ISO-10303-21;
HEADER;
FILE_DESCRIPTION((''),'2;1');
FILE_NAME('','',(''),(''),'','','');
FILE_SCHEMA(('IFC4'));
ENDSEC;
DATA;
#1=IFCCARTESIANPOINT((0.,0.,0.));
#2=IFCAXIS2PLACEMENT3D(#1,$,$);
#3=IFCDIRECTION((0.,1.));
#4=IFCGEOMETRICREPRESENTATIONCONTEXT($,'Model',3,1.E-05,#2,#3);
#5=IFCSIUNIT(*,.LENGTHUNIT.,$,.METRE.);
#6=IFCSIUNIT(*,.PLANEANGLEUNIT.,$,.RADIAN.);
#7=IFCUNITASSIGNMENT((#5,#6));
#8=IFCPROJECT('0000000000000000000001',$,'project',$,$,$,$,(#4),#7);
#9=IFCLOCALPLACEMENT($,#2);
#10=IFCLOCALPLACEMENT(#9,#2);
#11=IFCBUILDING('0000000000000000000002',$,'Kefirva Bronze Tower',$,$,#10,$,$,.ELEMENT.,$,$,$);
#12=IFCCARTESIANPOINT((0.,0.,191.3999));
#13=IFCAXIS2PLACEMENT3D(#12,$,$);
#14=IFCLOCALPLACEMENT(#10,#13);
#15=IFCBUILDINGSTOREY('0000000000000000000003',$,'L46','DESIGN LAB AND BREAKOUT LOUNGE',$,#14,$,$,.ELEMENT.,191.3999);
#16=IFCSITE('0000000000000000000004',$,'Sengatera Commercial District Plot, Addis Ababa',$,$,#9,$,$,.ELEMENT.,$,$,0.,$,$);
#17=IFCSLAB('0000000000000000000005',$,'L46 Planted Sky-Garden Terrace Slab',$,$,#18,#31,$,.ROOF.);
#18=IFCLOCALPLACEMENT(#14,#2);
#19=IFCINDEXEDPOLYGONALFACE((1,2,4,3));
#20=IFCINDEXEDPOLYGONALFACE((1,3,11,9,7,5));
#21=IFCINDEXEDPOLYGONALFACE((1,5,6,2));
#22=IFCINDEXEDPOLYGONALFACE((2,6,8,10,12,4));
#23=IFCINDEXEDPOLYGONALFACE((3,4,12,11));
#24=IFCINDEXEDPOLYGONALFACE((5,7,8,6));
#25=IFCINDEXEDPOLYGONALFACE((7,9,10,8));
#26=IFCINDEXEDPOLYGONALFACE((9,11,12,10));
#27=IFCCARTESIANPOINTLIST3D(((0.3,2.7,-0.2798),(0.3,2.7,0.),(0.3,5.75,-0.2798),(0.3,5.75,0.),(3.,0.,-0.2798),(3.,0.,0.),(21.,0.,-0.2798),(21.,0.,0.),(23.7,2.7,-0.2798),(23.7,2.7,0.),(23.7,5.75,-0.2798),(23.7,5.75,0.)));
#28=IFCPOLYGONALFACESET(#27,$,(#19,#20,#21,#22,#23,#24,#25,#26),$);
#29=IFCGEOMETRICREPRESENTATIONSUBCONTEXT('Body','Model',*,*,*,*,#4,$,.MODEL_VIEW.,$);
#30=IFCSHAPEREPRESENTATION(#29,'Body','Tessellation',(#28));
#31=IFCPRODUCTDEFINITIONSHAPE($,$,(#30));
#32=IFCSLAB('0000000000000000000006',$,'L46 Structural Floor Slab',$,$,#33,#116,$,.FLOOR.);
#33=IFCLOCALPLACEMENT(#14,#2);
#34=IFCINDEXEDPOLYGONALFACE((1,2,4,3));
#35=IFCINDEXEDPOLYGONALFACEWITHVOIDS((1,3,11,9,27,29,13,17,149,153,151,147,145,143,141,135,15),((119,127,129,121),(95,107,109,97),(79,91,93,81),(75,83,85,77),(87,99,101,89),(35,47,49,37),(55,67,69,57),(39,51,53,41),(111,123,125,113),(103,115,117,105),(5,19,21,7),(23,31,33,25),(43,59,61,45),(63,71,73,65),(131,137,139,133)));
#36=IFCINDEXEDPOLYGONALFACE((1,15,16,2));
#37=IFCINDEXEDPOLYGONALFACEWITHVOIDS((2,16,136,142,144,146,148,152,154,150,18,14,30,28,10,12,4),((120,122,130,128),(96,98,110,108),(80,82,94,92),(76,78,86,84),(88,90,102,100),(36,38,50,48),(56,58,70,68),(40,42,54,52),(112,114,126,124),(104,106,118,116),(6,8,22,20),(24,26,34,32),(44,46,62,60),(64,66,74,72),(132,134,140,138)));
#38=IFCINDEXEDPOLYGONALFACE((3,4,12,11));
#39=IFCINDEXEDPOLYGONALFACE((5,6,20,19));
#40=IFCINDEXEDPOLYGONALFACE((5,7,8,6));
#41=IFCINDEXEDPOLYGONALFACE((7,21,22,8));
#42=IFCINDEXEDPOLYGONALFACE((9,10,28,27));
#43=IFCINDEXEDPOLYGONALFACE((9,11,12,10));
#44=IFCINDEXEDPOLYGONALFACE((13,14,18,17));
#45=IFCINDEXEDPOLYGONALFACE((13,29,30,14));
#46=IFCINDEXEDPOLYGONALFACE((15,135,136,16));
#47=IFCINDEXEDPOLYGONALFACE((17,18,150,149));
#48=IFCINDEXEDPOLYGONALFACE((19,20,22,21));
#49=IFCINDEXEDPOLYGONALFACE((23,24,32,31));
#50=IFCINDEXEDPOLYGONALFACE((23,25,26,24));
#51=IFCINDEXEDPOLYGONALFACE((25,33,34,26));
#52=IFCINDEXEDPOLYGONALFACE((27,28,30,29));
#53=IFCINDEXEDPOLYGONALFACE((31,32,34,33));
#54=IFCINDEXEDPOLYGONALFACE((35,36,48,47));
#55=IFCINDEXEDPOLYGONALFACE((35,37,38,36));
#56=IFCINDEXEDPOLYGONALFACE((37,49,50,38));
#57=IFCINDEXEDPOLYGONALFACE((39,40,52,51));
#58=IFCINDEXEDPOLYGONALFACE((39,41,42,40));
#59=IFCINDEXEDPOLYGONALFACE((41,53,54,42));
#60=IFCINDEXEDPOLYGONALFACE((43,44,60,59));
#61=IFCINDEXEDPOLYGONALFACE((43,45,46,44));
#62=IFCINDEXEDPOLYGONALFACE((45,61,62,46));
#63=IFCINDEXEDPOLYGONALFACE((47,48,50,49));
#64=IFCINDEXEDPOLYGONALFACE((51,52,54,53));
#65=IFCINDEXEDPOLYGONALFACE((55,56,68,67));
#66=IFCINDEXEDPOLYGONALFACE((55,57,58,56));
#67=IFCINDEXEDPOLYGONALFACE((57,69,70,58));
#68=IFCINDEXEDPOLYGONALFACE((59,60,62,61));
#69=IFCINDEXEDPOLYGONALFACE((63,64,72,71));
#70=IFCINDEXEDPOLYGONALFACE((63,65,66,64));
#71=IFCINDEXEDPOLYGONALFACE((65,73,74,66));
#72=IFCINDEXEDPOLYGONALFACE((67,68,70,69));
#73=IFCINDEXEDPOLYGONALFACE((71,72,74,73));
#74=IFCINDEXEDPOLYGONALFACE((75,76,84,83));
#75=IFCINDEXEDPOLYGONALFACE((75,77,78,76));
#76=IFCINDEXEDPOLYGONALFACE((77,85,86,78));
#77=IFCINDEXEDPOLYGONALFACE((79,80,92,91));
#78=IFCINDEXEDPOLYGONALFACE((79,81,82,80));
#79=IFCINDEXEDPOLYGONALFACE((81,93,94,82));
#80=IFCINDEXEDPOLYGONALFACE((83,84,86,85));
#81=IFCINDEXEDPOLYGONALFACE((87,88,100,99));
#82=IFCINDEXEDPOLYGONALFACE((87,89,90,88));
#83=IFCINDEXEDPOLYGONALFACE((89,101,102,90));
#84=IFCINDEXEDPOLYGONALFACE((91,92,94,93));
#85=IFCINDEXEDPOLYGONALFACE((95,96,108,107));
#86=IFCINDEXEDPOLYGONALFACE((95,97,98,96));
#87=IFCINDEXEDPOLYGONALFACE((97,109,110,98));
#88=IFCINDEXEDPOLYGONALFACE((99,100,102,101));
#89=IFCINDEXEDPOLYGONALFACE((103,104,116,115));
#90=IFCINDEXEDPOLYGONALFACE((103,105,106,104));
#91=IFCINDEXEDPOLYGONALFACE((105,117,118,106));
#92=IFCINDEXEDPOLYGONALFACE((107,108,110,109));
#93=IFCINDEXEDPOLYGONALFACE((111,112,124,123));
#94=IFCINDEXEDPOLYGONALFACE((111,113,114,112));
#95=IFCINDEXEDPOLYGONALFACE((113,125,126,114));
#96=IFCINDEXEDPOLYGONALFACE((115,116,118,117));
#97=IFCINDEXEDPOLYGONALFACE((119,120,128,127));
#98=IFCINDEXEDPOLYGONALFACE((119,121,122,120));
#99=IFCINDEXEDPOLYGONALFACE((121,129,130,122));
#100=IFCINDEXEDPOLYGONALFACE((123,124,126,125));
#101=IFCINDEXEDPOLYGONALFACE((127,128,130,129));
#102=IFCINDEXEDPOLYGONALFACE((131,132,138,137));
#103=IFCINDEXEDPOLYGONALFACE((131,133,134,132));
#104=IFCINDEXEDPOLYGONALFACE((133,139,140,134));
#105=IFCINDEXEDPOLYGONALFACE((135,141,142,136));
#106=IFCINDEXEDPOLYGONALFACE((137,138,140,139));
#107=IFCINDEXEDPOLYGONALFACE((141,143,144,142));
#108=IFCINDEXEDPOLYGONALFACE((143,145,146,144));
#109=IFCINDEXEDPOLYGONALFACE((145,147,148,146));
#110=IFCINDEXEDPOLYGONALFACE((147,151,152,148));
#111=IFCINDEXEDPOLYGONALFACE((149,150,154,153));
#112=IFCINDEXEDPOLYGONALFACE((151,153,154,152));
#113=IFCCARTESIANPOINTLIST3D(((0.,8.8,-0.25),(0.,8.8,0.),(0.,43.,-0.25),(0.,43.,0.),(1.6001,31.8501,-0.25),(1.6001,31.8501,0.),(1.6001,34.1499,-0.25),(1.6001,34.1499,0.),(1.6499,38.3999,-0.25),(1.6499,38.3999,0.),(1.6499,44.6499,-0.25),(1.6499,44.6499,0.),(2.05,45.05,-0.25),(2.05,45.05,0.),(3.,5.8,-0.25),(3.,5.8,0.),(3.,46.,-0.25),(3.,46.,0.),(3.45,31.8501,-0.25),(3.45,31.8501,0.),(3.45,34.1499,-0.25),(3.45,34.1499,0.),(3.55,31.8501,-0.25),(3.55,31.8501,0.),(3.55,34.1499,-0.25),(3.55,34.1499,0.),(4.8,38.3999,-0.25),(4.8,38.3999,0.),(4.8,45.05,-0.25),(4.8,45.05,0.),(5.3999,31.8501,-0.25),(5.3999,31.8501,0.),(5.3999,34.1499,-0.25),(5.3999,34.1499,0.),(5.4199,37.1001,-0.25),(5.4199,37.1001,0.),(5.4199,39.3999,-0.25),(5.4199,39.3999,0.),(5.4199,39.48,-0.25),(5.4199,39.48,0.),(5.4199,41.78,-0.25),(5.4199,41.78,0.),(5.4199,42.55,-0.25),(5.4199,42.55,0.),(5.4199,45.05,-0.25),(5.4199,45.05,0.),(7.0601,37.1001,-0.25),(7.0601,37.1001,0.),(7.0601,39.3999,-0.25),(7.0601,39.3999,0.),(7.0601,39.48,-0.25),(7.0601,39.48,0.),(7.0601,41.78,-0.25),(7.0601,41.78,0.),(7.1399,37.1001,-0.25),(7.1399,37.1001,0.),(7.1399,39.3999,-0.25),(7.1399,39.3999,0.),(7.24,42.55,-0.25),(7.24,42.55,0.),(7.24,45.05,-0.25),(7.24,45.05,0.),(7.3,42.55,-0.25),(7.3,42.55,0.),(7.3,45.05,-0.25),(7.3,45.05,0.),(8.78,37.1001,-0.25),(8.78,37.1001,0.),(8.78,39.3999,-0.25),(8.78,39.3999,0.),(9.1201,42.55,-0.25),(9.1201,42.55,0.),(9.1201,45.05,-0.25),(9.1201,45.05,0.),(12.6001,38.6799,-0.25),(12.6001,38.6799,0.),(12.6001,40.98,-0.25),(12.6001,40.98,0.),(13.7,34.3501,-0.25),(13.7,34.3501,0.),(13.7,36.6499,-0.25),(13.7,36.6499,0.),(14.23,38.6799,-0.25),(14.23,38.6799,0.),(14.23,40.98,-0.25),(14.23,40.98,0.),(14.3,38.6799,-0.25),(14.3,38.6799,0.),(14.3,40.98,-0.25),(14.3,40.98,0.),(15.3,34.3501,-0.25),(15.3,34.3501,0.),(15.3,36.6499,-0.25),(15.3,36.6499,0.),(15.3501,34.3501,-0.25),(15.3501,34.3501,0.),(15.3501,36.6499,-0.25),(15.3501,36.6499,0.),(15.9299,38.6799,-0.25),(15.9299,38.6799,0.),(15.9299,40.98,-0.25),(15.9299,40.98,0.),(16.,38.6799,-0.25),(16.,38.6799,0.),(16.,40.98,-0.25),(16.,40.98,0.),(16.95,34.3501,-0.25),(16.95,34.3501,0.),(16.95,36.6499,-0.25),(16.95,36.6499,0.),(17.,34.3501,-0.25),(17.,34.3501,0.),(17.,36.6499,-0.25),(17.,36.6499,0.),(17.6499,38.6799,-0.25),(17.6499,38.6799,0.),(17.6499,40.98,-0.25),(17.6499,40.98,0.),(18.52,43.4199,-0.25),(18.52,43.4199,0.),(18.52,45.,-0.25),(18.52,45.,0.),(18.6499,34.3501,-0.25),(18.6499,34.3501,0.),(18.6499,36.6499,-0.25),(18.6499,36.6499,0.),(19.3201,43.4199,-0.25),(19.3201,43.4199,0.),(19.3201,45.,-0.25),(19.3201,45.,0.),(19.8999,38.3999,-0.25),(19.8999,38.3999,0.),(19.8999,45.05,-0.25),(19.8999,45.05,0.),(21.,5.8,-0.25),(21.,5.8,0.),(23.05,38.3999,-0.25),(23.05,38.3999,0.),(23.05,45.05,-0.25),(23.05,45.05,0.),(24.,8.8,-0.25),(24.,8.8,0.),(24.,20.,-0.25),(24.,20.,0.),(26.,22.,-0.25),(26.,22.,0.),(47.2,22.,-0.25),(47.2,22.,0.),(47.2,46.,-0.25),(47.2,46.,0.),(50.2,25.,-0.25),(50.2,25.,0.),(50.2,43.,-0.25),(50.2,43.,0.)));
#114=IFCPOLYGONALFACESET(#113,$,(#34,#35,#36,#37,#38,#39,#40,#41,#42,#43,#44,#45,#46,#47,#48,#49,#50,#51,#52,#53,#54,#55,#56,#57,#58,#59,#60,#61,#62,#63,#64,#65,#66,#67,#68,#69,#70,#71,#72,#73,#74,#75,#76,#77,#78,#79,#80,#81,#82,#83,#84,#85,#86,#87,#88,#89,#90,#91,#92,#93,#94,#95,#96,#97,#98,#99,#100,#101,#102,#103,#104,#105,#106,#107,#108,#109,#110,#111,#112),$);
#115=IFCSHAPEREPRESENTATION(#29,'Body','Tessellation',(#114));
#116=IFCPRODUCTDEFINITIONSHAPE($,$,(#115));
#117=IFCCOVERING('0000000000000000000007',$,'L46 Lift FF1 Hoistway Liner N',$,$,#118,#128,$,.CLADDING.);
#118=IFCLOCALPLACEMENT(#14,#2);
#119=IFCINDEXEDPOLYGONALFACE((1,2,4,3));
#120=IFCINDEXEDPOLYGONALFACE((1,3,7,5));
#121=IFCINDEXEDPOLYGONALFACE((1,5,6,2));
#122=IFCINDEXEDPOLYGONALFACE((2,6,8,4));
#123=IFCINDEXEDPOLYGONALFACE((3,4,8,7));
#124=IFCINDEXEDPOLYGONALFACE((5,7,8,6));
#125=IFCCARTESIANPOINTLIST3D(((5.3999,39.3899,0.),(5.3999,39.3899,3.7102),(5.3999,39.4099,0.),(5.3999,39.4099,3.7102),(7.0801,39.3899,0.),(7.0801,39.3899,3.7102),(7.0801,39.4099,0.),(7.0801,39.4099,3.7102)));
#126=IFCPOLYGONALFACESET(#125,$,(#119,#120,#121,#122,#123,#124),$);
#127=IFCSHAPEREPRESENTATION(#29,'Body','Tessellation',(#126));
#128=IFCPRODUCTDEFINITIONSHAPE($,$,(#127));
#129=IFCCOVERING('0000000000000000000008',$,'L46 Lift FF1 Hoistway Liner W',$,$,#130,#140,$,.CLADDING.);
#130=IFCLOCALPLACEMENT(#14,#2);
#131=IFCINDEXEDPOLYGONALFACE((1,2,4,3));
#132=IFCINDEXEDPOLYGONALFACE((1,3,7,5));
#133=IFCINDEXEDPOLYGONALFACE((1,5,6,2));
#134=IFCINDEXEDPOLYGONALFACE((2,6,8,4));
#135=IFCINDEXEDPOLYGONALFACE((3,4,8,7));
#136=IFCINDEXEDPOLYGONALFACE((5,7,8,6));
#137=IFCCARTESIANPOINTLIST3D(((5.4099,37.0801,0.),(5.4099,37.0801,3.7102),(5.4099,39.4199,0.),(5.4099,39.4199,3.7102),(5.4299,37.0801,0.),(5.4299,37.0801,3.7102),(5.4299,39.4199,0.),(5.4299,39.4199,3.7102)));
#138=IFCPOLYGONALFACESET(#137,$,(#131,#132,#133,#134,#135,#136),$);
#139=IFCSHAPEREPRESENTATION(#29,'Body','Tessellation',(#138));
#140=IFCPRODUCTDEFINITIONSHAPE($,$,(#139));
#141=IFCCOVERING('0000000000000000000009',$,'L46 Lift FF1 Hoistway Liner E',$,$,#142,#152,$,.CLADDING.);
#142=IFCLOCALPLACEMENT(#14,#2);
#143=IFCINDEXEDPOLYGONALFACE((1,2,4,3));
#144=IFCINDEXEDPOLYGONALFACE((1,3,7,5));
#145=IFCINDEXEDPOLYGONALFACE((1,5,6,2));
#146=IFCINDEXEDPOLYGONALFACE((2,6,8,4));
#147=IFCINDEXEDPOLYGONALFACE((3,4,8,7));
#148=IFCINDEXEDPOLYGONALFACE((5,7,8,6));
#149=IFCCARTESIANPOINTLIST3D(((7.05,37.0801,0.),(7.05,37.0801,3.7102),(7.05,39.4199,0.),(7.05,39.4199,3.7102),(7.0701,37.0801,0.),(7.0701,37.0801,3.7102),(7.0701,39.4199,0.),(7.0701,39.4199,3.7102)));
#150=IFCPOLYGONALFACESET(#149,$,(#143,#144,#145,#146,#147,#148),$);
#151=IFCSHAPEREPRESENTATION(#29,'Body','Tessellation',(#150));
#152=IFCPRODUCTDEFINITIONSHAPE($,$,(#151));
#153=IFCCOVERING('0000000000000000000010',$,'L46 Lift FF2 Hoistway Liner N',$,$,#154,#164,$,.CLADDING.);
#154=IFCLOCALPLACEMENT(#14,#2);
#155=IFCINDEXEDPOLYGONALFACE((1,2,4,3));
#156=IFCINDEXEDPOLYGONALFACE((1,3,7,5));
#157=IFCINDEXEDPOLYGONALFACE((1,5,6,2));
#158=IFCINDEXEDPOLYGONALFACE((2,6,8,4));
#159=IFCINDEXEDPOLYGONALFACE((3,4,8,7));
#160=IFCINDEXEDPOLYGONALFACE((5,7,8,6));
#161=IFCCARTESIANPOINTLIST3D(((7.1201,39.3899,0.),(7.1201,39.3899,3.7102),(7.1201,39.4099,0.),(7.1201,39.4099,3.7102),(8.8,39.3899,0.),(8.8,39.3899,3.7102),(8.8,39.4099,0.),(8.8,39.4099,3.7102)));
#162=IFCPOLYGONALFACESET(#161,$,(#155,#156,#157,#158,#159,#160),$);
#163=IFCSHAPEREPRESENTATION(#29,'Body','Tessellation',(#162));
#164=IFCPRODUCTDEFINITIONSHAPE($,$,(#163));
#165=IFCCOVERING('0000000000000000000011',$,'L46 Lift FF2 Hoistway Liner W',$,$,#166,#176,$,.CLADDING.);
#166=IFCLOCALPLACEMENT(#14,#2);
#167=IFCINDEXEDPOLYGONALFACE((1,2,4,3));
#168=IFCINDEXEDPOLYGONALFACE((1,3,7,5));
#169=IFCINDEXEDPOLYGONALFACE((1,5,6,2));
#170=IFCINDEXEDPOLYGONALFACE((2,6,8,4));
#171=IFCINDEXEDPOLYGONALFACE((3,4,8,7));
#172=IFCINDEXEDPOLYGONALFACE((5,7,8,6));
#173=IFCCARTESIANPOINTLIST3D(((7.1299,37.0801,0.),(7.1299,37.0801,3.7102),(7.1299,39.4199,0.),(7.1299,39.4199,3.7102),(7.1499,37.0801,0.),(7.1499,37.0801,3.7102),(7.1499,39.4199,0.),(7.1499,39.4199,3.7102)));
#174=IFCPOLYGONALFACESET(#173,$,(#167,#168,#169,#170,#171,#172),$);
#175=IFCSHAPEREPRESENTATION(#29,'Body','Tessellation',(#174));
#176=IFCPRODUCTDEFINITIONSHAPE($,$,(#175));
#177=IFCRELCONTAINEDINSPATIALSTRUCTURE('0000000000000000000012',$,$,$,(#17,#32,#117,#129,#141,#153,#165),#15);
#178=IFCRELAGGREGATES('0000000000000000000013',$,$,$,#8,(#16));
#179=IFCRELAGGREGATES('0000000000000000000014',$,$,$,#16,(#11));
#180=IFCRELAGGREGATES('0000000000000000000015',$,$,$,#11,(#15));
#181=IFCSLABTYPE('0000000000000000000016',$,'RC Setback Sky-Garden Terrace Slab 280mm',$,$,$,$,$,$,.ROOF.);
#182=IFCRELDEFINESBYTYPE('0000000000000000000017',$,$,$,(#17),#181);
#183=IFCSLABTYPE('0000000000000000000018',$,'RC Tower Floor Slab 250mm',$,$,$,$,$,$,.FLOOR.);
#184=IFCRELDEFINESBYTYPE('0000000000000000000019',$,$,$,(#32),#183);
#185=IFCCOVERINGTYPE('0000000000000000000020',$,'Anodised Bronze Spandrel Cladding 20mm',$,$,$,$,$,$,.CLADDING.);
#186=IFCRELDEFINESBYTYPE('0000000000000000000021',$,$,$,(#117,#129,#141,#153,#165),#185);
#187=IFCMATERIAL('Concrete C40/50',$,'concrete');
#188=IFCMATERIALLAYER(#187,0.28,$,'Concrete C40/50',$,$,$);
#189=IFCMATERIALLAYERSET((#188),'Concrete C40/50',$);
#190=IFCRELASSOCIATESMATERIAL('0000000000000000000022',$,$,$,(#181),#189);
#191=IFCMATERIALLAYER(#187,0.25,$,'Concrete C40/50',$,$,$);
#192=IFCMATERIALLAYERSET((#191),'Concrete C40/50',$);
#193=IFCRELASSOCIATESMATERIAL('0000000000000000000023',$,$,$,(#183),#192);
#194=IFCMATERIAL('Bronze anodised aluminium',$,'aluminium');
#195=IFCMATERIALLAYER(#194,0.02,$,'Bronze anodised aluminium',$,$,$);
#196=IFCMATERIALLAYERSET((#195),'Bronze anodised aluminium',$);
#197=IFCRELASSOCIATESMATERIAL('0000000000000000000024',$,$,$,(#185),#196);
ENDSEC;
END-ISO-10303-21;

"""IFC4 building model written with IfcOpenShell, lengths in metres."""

from ifc_helpers import new_model, si_unit, direction, frame, origin, place, context, subcontext, project, spatial, polyline, outline, extrude, material, layer, layer_set, type_object, element, save


model = new_model("IFC4")

# Units and contexts
model_context = context("Model", 3, precision=1e-05, world=origin(), true_north=direction((0.0, 1.0)))
body_context = subcontext(model_context, "Body", "Model", "MODEL_VIEW")
ifc_project = project(units=[si_unit("LENGTHUNIT", "METRE"), si_unit("PLANEANGLEUNIT", "RADIAN")], contexts=[model_context])

# Site, building, storey
site_placement = place(None, origin())
site = spatial("IfcSite", under=ifc_project, at=site_placement, Name="Sengatera Commercial District Plot, Addis Ababa", CompositionType="ELEMENT", RefElevation=0.0)
building_placement = place(site_placement, origin())
building = spatial("IfcBuilding", under=site, at=building_placement, Name="Kefirva Bronze Tower", CompositionType="ELEMENT")
storey_placement = place(building_placement, frame((0.0, 0.0, 191.3999)))
storey = spatial("IfcBuildingStorey", under=building, at=storey_placement, Name="L46", Description="DESIGN LAB AND BREAKOUT LOUNGE", CompositionType="ELEMENT", Elevation=191.3999)

# Slabs
ifc_material_1 = material(Name="Concrete C40/50", Category="concrete")
ifc_layer_1 = layer(ifc_material_1, 0.28, Name="Concrete C40/50")
ifc_layer_set_1 = layer_set([ifc_layer_1], Name="Concrete C40/50")
slab_type_1 = type_object("IfcSlabType", Name="RC Setback Sky-Garden Terrace Slab 280mm", PredefinedType="ROOF", material=ifc_layer_set_1)
slab_1_placement = place(storey_placement, frame((0.0, 0.0, -0.2798)))
element("IfcSlab", 1, at=slab_1_placement, inside=storey, type_object=slab_type_1, Name="L46 Planted Sky-Garden Terrace Slab", PredefinedType="ROOF", context=body_context, shape_type="SweptSolid", body=[
    extrude(outline(polyline([(3.0, 0.0), (21.0, 0.0), (23.7, 2.7), (23.7, 5.75), (0.3, 5.75), (0.3, 2.7), (3.0, 0.0)])), origin(), (0.0, 0.0, 1.0), 0.2798),
])
ifc_layer_2 = layer(ifc_material_1, 0.25, Name="Concrete C40/50")
ifc_layer_set_2 = layer_set([ifc_layer_2], Name="Concrete C40/50")
slab_type_2 = type_object("IfcSlabType", Name="RC Tower Floor Slab 250mm", PredefinedType="FLOOR", material=ifc_layer_set_2)
slab_2_placement = place(storey_placement, frame((0.0, 0.0, -0.25)))
element("IfcSlab", 2, at=slab_2_placement, inside=storey, type_object=slab_type_2, Name="L46 Structural Floor Slab", PredefinedType="FLOOR", context=body_context, shape_type="SweptSolid", body=[
    extrude(outline(polyline([(0.0, 8.8), (0.0, 43.0), (1.6499, 44.6499), (1.6499, 38.3999), (4.8, 38.3999), (4.8, 45.05), (2.05, 45.05), (3.0, 46.0), (47.2, 46.0), (50.2, 43.0), (50.2, 25.0), (47.2, 22.0), (26.0, 22.0), (24.0, 20.0), (24.0, 8.8), (21.0, 5.8), (3.0, 5.8), (0.0, 8.8)]), holes=[polyline([(23.05, 38.3999), (23.05, 45.05), (19.8999, 45.05), (19.8999, 38.3999), (23.05, 38.3999)]), polyline([(19.3201, 43.4199), (19.3201, 45.0), (18.52, 45.0), (18.52, 43.4199), (19.3201, 43.4199)]), polyline([(18.6499, 34.3501), (18.6499, 36.6499), (17.0, 36.6499), (17.0, 34.3501), (18.6499, 34.3501)]), polyline([(17.6499, 38.6799), (17.6499, 40.98), (16.0, 40.98), (16.0, 38.6799), (17.6499, 38.6799)]), polyline([(16.95, 34.3501), (16.95, 36.6499), (15.3501, 36.6499), (15.3501, 34.3501), (16.95, 34.3501)]), polyline([(15.9299, 38.6799), (15.9299, 40.98), (14.3, 40.98), (14.3, 38.6799), (15.9299, 38.6799)]), polyline([(15.3, 34.3501), (15.3, 36.6499), (13.7, 36.6499), (13.7, 34.3501), (15.3, 34.3501)]), polyline([(14.23, 38.6799), (14.23, 40.98), (12.6001, 40.98), (12.6001, 38.6799), (14.23, 38.6799)]), polyline([(9.1201, 42.55), (9.1201, 45.05), (7.3, 45.05), (7.3, 42.55), (9.1201, 42.55)]), polyline([(8.78, 37.1001), (8.78, 39.3999), (7.1399, 39.3999), (7.1399, 37.1001), (8.78, 37.1001)]), polyline([(7.24, 42.55), (7.24, 45.05), (5.4199, 45.05), (5.4199, 42.55), (7.24, 42.55)]), polyline([(7.0601, 37.1001), (7.0601, 39.3999), (5.4199, 39.3999), (5.4199, 37.1001), (7.0601, 37.1001)]), polyline([(7.0601, 39.48), (7.0601, 41.78), (5.4199, 41.78), (5.4199, 39.48), (7.0601, 39.48)]), polyline([(5.3999, 31.8501), (5.3999, 34.1499), (3.55, 34.1499), (3.55, 31.8501), (5.3999, 31.8501)]), polyline([(3.45, 31.8501), (3.45, 34.1499), (1.6001, 34.1499), (1.6001, 31.8501), (3.45, 31.8501)])]), origin(), (0.0, 0.0, 1.0), 0.25),
])

# Coverings
ifc_material_2 = material(Name="Bronze anodised aluminium", Category="aluminium")
ifc_layer_3 = layer(ifc_material_2, 0.02, Name="Bronze anodised aluminium")
ifc_layer_set_3 = layer_set([ifc_layer_3], Name="Bronze anodised aluminium")
covering_type_1 = type_object("IfcCoveringType", Name="Anodised Bronze Spandrel Cladding 20mm", PredefinedType="CLADDING", material=ifc_layer_set_3)
covering_1_placement = place(storey_placement, origin())
element("IfcCovering", 3, at=covering_1_placement, inside=storey, type_object=covering_type_1, Name="L46 Lift FF1 Hoistway Liner N", PredefinedType="CLADDING", context=body_context, shape_type="SweptSolid", body=[
    extrude(outline(polyline([(5.3999, 39.3899), (7.0801, 39.3899), (7.0801, 39.4099), (5.3999, 39.4099), (5.3999, 39.3899)])), origin(), (0.0, 0.0, 1.0), 3.7102),
])
covering_2_placement = place(storey_placement, origin())
element("IfcCovering", 4, at=covering_2_placement, inside=storey, type_object=covering_type_1, Name="L46 Lift FF1 Hoistway Liner W", PredefinedType="CLADDING", context=body_context, shape_type="SweptSolid", body=[
    extrude(outline(polyline([(5.4099, 37.0801), (5.4299, 37.0801), (5.4299, 39.4199), (5.4099, 39.4199), (5.4099, 37.0801)])), origin(), (0.0, 0.0, 1.0), 3.7102),
])
covering_3_placement = place(storey_placement, origin())
element("IfcCovering", 5, at=covering_3_placement, inside=storey, type_object=covering_type_1, Name="L46 Lift FF1 Hoistway Liner E", PredefinedType="CLADDING", context=body_context, shape_type="SweptSolid", body=[
    extrude(outline(polyline([(7.05, 37.0801), (7.0701, 37.0801), (7.0701, 39.4199), (7.05, 39.4199), (7.05, 37.0801)])), origin(), (0.0, 0.0, 1.0), 3.7102),
])
covering_4_placement = place(storey_placement, origin())
element("IfcCovering", 6, at=covering_4_placement, inside=storey, type_object=covering_type_1, Name="L46 Lift FF2 Hoistway Liner N", PredefinedType="CLADDING", context=body_context, shape_type="SweptSolid", body=[
    extrude(outline(polyline([(7.1201, 39.3899), (8.8, 39.3899), (8.8, 39.4099), (7.1201, 39.4099), (7.1201, 39.3899)])), origin(), (0.0, 0.0, 1.0), 3.7102),
])
covering_5_placement = place(storey_placement, origin())
element("IfcCovering", 7, at=covering_5_placement, inside=storey, type_object=covering_type_1, Name="L46 Lift FF2 Hoistway Liner W", PredefinedType="CLADDING", context=body_context, shape_type="SweptSolid", body=[
    extrude(outline(polyline([(7.1299, 37.0801), (7.1499, 37.0801), (7.1499, 39.4199), (7.1299, 39.4199), (7.1299, 37.0801)])), origin(), (0.0, 0.0, 1.0), 3.7102),
])

save(model, "model.ifc")
